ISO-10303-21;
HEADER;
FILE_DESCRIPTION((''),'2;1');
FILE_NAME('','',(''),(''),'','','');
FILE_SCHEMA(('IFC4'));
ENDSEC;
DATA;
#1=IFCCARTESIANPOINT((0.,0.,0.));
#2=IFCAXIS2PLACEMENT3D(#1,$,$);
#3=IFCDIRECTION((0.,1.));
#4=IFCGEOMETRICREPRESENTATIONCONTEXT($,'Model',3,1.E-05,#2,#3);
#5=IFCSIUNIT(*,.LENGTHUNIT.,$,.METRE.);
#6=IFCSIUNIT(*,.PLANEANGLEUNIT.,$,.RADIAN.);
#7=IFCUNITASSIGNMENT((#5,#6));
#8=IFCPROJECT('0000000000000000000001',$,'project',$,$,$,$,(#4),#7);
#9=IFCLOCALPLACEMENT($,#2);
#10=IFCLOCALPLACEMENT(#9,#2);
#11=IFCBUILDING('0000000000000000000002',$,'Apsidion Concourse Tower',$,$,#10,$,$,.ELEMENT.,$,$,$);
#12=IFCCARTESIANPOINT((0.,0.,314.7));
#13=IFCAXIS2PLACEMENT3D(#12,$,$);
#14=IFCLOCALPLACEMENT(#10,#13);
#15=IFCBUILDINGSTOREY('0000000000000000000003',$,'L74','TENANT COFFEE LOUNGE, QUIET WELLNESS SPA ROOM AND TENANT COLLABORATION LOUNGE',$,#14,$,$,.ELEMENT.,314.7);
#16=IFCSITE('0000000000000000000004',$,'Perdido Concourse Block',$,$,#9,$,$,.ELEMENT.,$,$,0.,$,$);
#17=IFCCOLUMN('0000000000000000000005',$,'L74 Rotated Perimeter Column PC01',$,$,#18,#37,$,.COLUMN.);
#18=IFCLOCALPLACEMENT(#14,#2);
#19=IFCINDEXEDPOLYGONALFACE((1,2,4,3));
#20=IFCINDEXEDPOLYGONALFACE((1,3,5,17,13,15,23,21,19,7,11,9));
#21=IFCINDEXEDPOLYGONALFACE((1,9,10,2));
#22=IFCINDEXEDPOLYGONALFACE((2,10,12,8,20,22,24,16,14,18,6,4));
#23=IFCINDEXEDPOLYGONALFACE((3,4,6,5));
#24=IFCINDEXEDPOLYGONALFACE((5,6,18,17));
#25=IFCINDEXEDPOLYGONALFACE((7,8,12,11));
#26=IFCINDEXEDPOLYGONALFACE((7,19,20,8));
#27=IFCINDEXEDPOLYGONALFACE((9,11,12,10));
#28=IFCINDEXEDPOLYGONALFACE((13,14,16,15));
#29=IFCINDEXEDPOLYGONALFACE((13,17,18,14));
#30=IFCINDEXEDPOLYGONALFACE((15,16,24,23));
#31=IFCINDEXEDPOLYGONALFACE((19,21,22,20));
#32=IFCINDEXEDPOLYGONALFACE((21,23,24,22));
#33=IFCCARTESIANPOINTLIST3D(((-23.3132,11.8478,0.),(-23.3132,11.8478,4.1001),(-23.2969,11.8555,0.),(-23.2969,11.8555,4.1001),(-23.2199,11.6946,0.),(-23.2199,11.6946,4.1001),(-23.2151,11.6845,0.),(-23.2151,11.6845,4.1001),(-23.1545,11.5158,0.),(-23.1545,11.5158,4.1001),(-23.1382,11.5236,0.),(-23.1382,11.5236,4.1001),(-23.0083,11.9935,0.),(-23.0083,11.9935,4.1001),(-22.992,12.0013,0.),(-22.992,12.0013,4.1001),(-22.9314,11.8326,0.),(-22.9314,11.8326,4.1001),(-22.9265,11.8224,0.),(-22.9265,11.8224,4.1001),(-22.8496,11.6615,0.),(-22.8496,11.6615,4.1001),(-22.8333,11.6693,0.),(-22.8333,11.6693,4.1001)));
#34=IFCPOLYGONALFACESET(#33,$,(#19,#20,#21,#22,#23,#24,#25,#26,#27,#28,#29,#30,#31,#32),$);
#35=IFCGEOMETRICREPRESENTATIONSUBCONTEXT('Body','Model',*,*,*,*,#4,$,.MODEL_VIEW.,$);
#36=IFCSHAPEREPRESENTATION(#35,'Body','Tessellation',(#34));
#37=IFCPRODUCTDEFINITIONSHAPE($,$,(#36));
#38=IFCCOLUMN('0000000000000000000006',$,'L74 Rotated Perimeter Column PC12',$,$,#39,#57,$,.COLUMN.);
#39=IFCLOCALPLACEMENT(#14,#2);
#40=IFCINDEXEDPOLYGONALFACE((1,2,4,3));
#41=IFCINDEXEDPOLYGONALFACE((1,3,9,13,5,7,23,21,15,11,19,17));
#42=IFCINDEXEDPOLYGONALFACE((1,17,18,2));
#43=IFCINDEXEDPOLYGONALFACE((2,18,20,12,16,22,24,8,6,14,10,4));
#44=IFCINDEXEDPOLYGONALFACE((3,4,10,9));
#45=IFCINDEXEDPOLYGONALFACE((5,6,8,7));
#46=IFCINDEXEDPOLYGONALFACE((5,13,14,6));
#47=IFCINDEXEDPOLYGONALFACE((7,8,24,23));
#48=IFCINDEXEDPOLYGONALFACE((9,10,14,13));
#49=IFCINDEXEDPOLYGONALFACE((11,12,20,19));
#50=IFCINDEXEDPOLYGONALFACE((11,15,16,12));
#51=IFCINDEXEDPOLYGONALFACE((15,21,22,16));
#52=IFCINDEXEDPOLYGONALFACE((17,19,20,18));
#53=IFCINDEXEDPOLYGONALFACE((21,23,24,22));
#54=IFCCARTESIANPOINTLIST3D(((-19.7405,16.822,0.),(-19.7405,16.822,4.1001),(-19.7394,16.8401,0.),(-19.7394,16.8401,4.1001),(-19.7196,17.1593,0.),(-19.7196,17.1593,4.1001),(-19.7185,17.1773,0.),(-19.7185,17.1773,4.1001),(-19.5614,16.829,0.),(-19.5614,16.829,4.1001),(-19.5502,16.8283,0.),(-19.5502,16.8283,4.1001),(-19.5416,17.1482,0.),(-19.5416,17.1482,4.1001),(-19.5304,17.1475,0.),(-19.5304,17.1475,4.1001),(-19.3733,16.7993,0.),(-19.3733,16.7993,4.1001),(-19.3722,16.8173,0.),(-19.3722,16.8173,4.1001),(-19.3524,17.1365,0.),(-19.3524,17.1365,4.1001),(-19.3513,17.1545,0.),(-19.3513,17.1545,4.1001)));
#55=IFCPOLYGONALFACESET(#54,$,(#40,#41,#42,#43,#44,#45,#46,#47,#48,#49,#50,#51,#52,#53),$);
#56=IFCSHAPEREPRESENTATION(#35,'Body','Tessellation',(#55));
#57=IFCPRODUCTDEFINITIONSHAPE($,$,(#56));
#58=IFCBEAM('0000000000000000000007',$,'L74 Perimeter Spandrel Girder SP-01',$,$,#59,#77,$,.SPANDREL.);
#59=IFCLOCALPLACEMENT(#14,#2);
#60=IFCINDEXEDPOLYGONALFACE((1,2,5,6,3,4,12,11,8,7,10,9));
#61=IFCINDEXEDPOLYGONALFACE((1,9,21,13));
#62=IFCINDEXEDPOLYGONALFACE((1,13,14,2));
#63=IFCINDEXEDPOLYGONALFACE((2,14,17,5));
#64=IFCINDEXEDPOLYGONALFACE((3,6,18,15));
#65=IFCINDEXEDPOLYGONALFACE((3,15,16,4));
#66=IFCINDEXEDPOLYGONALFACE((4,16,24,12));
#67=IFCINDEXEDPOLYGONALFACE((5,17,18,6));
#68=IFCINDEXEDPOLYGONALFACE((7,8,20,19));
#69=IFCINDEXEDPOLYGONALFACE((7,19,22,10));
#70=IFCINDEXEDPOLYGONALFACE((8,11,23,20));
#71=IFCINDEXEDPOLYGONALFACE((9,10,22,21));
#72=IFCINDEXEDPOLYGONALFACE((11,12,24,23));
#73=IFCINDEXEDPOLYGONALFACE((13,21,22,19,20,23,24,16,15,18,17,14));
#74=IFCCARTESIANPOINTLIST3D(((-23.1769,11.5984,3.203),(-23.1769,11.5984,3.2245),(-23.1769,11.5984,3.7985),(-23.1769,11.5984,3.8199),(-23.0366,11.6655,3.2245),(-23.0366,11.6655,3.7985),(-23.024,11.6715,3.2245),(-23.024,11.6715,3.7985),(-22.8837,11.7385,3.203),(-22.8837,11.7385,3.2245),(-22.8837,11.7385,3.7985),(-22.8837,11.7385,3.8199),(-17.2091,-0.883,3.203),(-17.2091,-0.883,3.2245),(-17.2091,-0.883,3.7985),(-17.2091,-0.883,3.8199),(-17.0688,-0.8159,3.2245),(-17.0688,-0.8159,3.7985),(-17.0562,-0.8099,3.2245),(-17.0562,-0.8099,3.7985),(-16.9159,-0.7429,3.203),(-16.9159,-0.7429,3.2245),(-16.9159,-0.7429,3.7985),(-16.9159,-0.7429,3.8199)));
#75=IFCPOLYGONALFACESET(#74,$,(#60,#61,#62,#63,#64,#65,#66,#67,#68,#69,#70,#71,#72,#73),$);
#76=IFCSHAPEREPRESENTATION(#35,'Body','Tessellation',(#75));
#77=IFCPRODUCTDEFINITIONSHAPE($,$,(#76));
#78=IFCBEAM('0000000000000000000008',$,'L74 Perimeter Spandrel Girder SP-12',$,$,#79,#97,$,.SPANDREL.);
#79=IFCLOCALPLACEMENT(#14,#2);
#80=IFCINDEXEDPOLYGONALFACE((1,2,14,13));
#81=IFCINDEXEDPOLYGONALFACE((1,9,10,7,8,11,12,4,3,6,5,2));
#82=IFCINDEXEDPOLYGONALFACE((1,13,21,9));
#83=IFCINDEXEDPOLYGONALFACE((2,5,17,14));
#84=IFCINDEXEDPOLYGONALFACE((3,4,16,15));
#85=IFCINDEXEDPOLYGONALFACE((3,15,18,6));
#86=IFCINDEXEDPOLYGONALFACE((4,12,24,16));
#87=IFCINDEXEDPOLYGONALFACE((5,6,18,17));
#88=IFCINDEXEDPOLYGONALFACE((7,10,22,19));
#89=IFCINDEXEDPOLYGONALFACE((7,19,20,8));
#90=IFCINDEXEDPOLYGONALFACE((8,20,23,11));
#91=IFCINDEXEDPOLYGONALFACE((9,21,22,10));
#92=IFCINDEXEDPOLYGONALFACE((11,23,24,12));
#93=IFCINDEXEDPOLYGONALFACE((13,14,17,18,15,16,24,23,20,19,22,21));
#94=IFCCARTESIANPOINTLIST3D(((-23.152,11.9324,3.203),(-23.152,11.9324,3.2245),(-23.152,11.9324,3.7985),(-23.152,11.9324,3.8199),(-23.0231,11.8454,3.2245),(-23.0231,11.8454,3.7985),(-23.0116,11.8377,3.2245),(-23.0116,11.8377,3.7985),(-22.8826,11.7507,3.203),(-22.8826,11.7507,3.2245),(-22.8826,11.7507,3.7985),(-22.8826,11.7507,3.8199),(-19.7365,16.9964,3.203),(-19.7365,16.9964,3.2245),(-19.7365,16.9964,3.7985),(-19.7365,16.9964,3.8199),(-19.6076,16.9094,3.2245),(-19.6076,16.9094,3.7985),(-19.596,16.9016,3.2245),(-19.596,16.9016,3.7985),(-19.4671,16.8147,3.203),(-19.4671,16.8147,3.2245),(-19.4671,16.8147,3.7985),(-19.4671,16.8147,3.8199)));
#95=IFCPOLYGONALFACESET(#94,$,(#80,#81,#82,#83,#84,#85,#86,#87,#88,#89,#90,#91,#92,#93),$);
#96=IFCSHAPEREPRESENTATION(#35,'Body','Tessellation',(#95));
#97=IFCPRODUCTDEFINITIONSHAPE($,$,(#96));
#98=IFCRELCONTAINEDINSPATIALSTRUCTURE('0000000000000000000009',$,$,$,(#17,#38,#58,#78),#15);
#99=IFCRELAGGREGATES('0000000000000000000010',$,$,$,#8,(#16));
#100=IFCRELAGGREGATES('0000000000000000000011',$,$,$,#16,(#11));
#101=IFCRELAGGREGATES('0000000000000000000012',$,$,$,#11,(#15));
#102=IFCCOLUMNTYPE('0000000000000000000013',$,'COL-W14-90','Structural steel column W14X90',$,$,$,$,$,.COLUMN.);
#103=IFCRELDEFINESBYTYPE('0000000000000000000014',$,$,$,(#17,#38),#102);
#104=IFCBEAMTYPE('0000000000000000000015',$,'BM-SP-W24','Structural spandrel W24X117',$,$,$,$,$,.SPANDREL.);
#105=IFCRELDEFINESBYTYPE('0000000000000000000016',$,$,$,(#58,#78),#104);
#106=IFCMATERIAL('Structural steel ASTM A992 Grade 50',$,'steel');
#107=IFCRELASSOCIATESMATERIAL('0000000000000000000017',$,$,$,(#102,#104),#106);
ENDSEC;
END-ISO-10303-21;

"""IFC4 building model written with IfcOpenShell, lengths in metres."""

from ifc_helpers import new_model, si_unit, direction, frame, origin, origin_2d, place, context, subcontext, project, spatial, i_section, extrude, material, material_profile, profile_set, type_object, element, save


model = new_model("IFC4")

# Units and contexts
model_context = context("Model", 3, precision=1e-05, world=origin(), true_north=direction((0.0, 1.0)))
body_context = subcontext(model_context, "Body", "Model", "MODEL_VIEW")
ifc_project = project(units=[si_unit("LENGTHUNIT", "METRE"), si_unit("PLANEANGLEUNIT", "RADIAN")], contexts=[model_context])

# Site, building, storey
site_placement = place(None, origin())
site = spatial("IfcSite", under=ifc_project, at=site_placement, Name="Perdido Concourse Block", CompositionType="ELEMENT", RefElevation=0.0)
building_placement = place(site_placement, origin())
building = spatial("IfcBuilding", under=site, at=building_placement, Name="Apsidion Concourse Tower", CompositionType="ELEMENT")
storey_placement = place(building_placement, frame((0.0, 0.0, 314.7)))
storey = spatial("IfcBuildingStorey", under=building, at=storey_placement, Name="L74", Description="TENANT COFFEE LOUNGE, QUIET WELLNESS SPA ROOM AND TENANT COLLABORATION LOUNGE", CompositionType="ELEMENT", Elevation=314.7)

# Columns
ifc_material_1 = material(Name="Structural steel ASTM A992 Grade 50", Category="steel")
ifc_material_profile_1 = material_profile(ifc_material_1, i_section(OverallWidth=0.3679, OverallDepth=0.356, WebThickness=0.0112, FlangeThickness=0.0181, at=origin_2d()), Name="W14X90")
ifc_profile_set_1 = profile_set([ifc_material_profile_1], Name="Structural steel ASTM A992 Grade 50")
column_type = type_object("IfcColumnType", Name="COL-W14-90", Description="Structural steel column W14X90", PredefinedType="COLUMN", material=ifc_profile_set_1)
for number, where, z_axis, x_axis, name in (
    (1, (-23.0732, 11.7585, 0.0), (0.0, 0.0, 1.0), (-0.431299, 0.902209, 0.0), "L74 Rotated Perimeter Column PC01"),
    (2, (-19.5459, 16.9883, 0.0), (0.0, 0.0, 1.0), (-0.998081, 0.06192, 0.0), "L74 Rotated Perimeter Column PC12"),
):
    element("IfcColumn", number, at=place(storey_placement, frame(where, z_axis=z_axis, x_axis=x_axis)), inside=storey, type_object=column_type, Name=name, PredefinedType="COLUMN", context=body_context, shape_type="SweptSolid", body=[
        extrude(i_section(OverallWidth=0.3679, OverallDepth=0.356, WebThickness=0.0112, FlangeThickness=0.0181, at=origin_2d()), origin(), (0.0, 0.0, 1.0), 4.1001),
    ])

# Beams
ifc_material_profile_2 = material_profile(ifc_material_1, i_section(OverallWidth=0.325, OverallDepth=0.6169, WebThickness=0.0139, FlangeThickness=0.0215, at=origin_2d()), Name="W24X117")
ifc_profile_set_2 = profile_set([ifc_material_profile_2], Name="Structural steel ASTM A992 Grade 50")
beam_type = type_object("IfcBeamType", Name="BM-SP-W24", Description="Structural spandrel W24X117", PredefinedType="SPANDREL", material=ifc_profile_set_2)
beam_1_placement = place(storey_placement, frame((-23.0303, 11.6685, 3.5115), z_axis=(0.431361, -0.90218, 0.0), x_axis=(0.90218, 0.431361, 0.0)))
element("IfcBeam", 3, at=beam_1_placement, inside=storey, type_object=beam_type, Name="L74 Perimeter Spandrel Girder SP-01", PredefinedType="SPANDREL", context=body_context, shape_type="SweptSolid", body=[
    extrude(i_section(OverallWidth=0.325, OverallDepth=0.6169, WebThickness=0.0139, FlangeThickness=0.0215, at=origin_2d()), origin(), (0.0, 0.0, 1.0), 13.8347),
])
beam_2_placement = place(storey_placement, frame((-19.6018, 16.9055, 3.5115), z_axis=(-0.559175, -0.82905, 0.0), x_axis=(0.82905, -0.559175, 0.0)))
element("IfcBeam", 4, at=beam_2_placement, inside=storey, type_object=beam_type, Name="L74 Perimeter Spandrel Girder SP-12", PredefinedType="SPANDREL", context=body_context, shape_type="SweptSolid", body=[
    extrude(i_section(OverallWidth=0.325, OverallDepth=0.6169, WebThickness=0.0139, FlangeThickness=0.0215, at=origin_2d()), origin(), (0.0, 0.0, 1.0), 6.1082),
])

save(model, "model.ifc")
